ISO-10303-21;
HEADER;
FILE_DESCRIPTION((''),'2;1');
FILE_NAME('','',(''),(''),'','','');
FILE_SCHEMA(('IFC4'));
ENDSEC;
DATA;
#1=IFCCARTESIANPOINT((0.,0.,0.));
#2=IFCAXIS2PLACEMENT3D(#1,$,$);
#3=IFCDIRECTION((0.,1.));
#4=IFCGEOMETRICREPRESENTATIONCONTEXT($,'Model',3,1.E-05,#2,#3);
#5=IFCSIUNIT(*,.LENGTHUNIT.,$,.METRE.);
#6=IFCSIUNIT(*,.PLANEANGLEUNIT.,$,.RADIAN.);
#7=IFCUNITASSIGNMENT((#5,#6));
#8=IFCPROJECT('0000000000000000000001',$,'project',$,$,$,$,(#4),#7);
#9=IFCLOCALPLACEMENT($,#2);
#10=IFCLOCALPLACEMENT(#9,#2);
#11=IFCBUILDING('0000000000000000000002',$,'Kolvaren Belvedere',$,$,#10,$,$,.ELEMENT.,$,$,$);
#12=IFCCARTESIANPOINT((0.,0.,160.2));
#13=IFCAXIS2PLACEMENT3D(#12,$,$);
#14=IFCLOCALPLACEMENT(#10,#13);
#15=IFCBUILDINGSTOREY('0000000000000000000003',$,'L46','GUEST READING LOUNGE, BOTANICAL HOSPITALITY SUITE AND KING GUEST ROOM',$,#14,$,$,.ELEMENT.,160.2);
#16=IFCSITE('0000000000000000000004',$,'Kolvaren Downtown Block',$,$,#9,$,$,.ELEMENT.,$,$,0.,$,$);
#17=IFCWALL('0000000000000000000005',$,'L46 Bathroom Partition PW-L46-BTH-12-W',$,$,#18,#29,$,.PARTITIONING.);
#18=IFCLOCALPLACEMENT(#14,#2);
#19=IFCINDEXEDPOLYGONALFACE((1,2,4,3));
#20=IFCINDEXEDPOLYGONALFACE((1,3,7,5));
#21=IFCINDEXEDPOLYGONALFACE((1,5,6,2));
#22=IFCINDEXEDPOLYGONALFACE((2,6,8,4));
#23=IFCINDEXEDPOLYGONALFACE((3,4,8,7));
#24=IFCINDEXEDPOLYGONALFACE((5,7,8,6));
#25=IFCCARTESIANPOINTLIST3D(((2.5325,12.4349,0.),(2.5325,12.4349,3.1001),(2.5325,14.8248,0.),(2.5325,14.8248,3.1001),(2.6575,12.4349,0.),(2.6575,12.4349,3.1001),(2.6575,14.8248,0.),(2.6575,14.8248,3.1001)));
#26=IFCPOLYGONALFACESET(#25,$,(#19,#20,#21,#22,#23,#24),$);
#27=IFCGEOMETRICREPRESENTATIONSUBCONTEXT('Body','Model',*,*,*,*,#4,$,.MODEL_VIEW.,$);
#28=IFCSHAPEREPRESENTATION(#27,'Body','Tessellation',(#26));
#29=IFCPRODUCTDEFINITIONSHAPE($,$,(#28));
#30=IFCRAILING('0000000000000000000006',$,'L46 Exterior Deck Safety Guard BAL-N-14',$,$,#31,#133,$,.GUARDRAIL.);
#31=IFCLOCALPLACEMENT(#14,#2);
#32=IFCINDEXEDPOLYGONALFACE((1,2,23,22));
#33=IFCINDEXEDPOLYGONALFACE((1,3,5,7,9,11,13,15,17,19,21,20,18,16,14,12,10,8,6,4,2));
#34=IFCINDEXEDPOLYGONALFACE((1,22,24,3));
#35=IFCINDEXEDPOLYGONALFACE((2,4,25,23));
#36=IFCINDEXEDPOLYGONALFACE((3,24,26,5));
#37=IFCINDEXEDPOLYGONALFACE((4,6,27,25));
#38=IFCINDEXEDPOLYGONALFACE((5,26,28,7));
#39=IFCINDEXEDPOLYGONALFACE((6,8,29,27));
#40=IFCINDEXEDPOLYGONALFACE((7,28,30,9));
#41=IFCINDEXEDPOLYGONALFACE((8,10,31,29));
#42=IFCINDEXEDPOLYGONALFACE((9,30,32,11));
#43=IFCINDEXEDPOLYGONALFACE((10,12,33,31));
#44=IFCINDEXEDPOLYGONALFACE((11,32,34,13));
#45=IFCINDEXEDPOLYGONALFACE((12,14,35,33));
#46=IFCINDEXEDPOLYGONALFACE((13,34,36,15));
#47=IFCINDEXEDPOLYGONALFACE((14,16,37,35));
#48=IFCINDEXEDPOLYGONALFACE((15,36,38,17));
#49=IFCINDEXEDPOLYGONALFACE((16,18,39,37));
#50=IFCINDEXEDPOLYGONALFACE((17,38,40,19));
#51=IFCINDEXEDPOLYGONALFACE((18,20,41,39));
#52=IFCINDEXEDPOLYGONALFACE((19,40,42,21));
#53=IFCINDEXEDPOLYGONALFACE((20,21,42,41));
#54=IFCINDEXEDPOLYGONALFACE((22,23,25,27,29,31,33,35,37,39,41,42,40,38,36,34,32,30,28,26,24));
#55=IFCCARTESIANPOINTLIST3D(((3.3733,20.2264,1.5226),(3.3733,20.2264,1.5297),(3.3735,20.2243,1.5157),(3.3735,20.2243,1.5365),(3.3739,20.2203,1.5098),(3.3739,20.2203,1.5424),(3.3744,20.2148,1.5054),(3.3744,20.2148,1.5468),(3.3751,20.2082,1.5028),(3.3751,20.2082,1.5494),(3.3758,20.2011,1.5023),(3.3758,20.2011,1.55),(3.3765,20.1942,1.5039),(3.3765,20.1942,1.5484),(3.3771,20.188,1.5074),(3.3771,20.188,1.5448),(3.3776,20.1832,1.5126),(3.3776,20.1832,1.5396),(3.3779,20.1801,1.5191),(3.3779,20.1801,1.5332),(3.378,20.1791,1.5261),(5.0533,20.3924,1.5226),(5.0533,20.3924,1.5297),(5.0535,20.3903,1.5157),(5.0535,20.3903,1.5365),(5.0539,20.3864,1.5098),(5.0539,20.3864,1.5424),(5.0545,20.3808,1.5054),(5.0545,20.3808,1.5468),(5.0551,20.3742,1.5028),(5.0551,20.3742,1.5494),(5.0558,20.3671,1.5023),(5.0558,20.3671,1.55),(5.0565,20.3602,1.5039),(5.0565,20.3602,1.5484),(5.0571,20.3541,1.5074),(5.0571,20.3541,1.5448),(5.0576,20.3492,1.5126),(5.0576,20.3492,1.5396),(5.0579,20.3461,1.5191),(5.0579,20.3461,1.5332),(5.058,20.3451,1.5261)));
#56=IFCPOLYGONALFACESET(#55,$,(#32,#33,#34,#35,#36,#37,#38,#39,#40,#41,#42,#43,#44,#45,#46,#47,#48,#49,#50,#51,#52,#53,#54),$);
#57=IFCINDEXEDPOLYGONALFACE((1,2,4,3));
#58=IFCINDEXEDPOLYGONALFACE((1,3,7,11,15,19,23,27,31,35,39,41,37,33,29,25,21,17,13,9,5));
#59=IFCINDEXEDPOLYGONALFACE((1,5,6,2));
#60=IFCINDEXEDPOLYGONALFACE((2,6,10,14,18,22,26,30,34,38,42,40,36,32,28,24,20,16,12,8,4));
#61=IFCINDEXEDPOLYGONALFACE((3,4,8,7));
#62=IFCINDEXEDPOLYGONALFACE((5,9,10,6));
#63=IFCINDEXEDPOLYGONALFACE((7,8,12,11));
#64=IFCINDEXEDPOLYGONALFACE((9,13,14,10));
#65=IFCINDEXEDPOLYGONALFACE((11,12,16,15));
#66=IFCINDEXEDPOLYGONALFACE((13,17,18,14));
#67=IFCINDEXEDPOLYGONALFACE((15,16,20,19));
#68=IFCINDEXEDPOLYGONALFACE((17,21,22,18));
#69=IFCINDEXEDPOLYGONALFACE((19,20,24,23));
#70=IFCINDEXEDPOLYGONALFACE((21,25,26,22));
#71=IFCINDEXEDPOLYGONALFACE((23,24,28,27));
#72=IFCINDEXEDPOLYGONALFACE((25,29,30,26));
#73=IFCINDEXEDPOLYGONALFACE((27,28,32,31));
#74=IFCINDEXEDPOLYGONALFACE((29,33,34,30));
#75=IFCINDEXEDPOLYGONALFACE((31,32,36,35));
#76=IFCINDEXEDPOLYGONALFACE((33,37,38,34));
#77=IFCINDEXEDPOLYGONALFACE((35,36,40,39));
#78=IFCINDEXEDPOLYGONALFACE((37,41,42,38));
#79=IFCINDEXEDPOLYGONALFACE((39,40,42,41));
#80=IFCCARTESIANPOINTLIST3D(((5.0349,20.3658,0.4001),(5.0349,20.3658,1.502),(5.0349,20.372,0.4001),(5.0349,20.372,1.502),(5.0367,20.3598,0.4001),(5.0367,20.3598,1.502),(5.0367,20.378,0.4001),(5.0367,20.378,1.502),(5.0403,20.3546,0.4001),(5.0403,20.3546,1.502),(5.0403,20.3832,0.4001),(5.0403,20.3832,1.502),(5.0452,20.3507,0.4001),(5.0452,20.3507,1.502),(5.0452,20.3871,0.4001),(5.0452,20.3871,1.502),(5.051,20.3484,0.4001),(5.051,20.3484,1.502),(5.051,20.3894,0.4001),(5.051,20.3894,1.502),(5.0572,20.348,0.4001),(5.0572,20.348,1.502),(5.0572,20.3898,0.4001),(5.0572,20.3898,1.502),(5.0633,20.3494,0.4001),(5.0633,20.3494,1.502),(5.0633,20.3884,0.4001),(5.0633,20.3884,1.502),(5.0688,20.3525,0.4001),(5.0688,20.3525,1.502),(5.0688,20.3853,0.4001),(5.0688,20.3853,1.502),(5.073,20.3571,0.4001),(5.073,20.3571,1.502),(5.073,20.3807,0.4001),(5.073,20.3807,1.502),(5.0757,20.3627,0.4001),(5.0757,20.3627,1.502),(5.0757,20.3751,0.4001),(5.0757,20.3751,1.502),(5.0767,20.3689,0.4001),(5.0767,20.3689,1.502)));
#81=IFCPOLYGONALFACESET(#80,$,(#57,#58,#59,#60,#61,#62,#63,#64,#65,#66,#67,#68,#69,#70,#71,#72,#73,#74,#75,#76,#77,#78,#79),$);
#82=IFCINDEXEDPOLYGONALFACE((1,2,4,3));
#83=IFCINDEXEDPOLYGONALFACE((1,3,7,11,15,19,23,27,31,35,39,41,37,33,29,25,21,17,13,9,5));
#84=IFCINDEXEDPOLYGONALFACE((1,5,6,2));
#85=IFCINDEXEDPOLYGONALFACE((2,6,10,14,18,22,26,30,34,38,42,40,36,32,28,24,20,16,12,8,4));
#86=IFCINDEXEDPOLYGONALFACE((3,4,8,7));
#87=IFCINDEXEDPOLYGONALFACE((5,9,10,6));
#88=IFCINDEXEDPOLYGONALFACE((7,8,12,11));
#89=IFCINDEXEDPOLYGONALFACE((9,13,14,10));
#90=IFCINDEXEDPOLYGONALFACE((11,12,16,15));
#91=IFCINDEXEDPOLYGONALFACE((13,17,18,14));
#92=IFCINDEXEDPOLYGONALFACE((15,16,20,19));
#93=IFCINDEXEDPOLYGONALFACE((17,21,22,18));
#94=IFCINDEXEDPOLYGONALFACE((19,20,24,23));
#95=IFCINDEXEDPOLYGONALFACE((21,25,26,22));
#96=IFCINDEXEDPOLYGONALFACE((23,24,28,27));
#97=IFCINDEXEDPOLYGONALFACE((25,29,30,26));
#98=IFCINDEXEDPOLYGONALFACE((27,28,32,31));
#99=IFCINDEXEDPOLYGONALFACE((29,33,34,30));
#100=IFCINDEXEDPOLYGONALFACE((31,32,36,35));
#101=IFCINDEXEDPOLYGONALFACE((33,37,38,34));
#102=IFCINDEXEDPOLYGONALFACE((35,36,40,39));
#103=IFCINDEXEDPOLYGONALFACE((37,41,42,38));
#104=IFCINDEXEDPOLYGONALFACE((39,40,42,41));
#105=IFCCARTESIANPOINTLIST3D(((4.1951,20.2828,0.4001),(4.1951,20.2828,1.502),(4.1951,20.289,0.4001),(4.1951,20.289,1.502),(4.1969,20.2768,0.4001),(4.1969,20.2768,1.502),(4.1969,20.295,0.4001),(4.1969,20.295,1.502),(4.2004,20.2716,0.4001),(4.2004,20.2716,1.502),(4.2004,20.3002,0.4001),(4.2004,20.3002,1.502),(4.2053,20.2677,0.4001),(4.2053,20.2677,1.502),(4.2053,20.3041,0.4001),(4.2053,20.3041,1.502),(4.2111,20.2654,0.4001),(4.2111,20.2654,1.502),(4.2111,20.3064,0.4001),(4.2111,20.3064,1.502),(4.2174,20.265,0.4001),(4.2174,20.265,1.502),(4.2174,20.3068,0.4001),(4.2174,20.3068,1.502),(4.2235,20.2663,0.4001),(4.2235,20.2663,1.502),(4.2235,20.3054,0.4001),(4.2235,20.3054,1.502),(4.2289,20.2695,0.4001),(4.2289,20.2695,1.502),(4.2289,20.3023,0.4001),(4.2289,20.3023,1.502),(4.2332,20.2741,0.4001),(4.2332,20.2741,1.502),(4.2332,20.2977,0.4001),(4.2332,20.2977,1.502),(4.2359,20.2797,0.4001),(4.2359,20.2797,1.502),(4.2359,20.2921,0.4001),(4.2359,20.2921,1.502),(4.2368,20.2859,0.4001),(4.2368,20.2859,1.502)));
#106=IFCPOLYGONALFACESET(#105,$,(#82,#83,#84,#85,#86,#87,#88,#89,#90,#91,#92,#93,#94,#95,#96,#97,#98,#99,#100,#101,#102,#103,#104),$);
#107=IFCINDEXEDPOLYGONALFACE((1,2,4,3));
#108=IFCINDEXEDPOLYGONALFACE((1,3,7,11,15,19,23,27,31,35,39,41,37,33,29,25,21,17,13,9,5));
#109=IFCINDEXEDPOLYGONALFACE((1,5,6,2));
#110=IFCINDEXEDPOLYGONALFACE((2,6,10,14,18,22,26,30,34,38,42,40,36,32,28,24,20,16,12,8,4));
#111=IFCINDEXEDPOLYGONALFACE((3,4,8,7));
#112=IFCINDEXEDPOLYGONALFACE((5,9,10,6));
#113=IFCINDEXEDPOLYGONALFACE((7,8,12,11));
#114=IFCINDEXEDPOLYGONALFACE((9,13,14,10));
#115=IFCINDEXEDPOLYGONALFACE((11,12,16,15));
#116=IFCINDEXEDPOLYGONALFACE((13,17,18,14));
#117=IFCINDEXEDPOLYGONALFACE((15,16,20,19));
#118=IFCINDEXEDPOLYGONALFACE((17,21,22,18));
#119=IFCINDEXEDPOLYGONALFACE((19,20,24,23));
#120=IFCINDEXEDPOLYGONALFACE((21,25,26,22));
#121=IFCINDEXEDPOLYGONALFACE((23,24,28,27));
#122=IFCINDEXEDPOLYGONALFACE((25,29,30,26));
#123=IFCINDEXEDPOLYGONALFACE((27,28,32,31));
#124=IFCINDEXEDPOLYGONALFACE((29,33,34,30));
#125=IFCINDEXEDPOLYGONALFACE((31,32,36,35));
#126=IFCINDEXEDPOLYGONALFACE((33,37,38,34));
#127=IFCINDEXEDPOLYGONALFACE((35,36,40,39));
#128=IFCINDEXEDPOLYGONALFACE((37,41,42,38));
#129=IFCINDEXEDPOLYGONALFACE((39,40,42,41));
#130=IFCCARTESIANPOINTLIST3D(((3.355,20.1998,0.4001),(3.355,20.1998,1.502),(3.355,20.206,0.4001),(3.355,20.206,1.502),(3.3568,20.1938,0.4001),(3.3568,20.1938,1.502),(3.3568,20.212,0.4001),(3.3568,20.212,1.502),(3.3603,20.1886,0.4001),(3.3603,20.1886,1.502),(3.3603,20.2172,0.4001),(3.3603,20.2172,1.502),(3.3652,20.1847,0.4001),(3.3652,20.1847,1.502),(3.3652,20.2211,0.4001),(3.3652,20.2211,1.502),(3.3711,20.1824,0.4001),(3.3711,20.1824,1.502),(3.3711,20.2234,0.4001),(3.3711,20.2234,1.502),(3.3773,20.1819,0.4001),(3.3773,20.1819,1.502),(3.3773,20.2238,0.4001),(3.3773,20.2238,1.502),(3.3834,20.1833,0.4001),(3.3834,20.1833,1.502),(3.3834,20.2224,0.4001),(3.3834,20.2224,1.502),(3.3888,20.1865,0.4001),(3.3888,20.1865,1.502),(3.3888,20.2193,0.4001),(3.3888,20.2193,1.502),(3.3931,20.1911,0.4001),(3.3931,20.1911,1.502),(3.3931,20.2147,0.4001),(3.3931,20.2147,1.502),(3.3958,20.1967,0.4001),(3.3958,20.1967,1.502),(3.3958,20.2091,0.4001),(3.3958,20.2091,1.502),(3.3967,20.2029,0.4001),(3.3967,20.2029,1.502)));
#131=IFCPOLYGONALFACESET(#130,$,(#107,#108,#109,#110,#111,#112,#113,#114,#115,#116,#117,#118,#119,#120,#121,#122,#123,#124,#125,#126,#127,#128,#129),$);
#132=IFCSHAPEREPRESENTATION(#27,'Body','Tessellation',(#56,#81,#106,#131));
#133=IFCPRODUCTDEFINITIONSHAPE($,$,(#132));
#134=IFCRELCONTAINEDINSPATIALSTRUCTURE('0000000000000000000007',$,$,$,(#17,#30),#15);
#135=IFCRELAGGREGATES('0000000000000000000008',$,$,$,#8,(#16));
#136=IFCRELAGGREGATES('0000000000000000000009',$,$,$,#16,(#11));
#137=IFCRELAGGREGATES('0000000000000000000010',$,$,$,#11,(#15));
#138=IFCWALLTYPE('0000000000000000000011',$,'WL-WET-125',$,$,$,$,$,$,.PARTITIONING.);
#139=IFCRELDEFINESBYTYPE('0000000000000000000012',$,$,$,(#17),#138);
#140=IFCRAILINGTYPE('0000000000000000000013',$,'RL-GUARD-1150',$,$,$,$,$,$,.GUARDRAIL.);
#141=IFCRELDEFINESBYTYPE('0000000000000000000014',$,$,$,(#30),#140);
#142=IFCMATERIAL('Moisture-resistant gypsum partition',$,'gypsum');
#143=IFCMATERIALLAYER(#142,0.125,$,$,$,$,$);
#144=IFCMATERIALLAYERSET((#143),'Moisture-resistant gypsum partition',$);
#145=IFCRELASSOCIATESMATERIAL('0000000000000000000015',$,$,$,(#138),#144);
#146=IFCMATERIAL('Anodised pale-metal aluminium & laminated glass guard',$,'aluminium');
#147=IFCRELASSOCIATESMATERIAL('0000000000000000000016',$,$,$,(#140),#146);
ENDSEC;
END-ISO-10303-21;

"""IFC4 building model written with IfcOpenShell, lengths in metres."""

from ifc_helpers import new_model, si_unit, direction, frame, frame_2d, origin, origin_2d, place, context, subcontext, project, spatial, rectangle, circle, extrude, material, layer, layer_set, type_object, element, save


model = new_model("IFC4")

# Units and contexts
model_context = context("Model", 3, precision=1e-05, world=origin(), true_north=direction((0.0, 1.0)))
body_context = subcontext(model_context, "Body", "Model", "MODEL_VIEW")
ifc_project = project(units=[si_unit("LENGTHUNIT", "METRE"), si_unit("PLANEANGLEUNIT", "RADIAN")], contexts=[model_context])

# Site, building, storey
site_placement = place(None, origin())
site = spatial("IfcSite", under=ifc_project, at=site_placement, Name="Kolvaren Downtown Block", CompositionType="ELEMENT", RefElevation=0.0)
building_placement = place(site_placement, origin())
building = spatial("IfcBuilding", under=site, at=building_placement, Name="Kolvaren Belvedere", CompositionType="ELEMENT")
storey_placement = place(building_placement, frame((0.0, 0.0, 160.2)))
storey = spatial("IfcBuildingStorey", under=building, at=storey_placement, Name="L46", Description="GUEST READING LOUNGE, BOTANICAL HOSPITALITY SUITE AND KING GUEST ROOM", CompositionType="ELEMENT", Elevation=160.2)

# Wall
ifc_material_1 = material(Name="Moisture-resistant gypsum partition", Category="gypsum")
ifc_layer_1 = layer(ifc_material_1, 0.125)
ifc_layer_set_1 = layer_set([ifc_layer_1], Name="Moisture-resistant gypsum partition")
wall_type_1 = type_object("IfcWallType", Name="WL-WET-125", PredefinedType="PARTITIONING", material=ifc_layer_set_1)
wall_1_placement = place(storey_placement, frame((2.595, 12.4351, 0.0), z_axis=(0.0, 0.0, 1.0), x_axis=(0.0, 1.0, 0.0)))
element("IfcWall", 1, at=wall_1_placement, inside=storey, type_object=wall_type_1, Name="L46 Bathroom Partition PW-L46-BTH-12-W", PredefinedType="PARTITIONING", context=body_context, shape_type="SweptSolid", body=[
    extrude(rectangle(XDim=2.3899, YDim=0.125, at=frame_2d((1.1948, 0.0))), origin(), (0.0, 0.0, 1.0), 3.1001),
])

# Railing
ifc_material_2 = material(Name="Anodised pale-metal aluminium & laminated glass guard", Category="aluminium")
railing_type = type_object("IfcRailingType", Name="RL-GUARD-1150", PredefinedType="GUARDRAIL", material=ifc_material_2)
railing_1_placement = place(storey_placement, frame((5.0557, 20.3689, 0.4001)))
element("IfcRailing", 2, at=railing_1_placement, inside=storey, type_object=railing_type, Name="L46 Exterior Deck Safety Guard BAL-N-14", PredefinedType="GUARDRAIL", context=body_context, shape_type="SweptSolid", body=[
    extrude(circle(Radius=0.0239, at=origin_2d()), frame((0.0, 0.0, 1.126), z_axis=(-0.995152, -0.098344, 0.0), x_axis=(0.098344, -0.995152, 0.0)), (0.0, 0.0, 1.0), 1.6882),
    extrude(circle(Radius=0.021, at=origin_2d()), origin(), (0.0, 0.0, 1.0), 1.1018),
    extrude(circle(Radius=0.021, at=origin_2d()), frame((-0.8398, -0.083, 0.0)), (0.0, 0.0, 1.0), 1.1018),
    extrude(circle(Radius=0.021, at=origin_2d()), frame((-1.6799, -0.166, 0.0)), (0.0, 0.0, 1.0), 1.1018),
])

save(model, "model.ifc")
